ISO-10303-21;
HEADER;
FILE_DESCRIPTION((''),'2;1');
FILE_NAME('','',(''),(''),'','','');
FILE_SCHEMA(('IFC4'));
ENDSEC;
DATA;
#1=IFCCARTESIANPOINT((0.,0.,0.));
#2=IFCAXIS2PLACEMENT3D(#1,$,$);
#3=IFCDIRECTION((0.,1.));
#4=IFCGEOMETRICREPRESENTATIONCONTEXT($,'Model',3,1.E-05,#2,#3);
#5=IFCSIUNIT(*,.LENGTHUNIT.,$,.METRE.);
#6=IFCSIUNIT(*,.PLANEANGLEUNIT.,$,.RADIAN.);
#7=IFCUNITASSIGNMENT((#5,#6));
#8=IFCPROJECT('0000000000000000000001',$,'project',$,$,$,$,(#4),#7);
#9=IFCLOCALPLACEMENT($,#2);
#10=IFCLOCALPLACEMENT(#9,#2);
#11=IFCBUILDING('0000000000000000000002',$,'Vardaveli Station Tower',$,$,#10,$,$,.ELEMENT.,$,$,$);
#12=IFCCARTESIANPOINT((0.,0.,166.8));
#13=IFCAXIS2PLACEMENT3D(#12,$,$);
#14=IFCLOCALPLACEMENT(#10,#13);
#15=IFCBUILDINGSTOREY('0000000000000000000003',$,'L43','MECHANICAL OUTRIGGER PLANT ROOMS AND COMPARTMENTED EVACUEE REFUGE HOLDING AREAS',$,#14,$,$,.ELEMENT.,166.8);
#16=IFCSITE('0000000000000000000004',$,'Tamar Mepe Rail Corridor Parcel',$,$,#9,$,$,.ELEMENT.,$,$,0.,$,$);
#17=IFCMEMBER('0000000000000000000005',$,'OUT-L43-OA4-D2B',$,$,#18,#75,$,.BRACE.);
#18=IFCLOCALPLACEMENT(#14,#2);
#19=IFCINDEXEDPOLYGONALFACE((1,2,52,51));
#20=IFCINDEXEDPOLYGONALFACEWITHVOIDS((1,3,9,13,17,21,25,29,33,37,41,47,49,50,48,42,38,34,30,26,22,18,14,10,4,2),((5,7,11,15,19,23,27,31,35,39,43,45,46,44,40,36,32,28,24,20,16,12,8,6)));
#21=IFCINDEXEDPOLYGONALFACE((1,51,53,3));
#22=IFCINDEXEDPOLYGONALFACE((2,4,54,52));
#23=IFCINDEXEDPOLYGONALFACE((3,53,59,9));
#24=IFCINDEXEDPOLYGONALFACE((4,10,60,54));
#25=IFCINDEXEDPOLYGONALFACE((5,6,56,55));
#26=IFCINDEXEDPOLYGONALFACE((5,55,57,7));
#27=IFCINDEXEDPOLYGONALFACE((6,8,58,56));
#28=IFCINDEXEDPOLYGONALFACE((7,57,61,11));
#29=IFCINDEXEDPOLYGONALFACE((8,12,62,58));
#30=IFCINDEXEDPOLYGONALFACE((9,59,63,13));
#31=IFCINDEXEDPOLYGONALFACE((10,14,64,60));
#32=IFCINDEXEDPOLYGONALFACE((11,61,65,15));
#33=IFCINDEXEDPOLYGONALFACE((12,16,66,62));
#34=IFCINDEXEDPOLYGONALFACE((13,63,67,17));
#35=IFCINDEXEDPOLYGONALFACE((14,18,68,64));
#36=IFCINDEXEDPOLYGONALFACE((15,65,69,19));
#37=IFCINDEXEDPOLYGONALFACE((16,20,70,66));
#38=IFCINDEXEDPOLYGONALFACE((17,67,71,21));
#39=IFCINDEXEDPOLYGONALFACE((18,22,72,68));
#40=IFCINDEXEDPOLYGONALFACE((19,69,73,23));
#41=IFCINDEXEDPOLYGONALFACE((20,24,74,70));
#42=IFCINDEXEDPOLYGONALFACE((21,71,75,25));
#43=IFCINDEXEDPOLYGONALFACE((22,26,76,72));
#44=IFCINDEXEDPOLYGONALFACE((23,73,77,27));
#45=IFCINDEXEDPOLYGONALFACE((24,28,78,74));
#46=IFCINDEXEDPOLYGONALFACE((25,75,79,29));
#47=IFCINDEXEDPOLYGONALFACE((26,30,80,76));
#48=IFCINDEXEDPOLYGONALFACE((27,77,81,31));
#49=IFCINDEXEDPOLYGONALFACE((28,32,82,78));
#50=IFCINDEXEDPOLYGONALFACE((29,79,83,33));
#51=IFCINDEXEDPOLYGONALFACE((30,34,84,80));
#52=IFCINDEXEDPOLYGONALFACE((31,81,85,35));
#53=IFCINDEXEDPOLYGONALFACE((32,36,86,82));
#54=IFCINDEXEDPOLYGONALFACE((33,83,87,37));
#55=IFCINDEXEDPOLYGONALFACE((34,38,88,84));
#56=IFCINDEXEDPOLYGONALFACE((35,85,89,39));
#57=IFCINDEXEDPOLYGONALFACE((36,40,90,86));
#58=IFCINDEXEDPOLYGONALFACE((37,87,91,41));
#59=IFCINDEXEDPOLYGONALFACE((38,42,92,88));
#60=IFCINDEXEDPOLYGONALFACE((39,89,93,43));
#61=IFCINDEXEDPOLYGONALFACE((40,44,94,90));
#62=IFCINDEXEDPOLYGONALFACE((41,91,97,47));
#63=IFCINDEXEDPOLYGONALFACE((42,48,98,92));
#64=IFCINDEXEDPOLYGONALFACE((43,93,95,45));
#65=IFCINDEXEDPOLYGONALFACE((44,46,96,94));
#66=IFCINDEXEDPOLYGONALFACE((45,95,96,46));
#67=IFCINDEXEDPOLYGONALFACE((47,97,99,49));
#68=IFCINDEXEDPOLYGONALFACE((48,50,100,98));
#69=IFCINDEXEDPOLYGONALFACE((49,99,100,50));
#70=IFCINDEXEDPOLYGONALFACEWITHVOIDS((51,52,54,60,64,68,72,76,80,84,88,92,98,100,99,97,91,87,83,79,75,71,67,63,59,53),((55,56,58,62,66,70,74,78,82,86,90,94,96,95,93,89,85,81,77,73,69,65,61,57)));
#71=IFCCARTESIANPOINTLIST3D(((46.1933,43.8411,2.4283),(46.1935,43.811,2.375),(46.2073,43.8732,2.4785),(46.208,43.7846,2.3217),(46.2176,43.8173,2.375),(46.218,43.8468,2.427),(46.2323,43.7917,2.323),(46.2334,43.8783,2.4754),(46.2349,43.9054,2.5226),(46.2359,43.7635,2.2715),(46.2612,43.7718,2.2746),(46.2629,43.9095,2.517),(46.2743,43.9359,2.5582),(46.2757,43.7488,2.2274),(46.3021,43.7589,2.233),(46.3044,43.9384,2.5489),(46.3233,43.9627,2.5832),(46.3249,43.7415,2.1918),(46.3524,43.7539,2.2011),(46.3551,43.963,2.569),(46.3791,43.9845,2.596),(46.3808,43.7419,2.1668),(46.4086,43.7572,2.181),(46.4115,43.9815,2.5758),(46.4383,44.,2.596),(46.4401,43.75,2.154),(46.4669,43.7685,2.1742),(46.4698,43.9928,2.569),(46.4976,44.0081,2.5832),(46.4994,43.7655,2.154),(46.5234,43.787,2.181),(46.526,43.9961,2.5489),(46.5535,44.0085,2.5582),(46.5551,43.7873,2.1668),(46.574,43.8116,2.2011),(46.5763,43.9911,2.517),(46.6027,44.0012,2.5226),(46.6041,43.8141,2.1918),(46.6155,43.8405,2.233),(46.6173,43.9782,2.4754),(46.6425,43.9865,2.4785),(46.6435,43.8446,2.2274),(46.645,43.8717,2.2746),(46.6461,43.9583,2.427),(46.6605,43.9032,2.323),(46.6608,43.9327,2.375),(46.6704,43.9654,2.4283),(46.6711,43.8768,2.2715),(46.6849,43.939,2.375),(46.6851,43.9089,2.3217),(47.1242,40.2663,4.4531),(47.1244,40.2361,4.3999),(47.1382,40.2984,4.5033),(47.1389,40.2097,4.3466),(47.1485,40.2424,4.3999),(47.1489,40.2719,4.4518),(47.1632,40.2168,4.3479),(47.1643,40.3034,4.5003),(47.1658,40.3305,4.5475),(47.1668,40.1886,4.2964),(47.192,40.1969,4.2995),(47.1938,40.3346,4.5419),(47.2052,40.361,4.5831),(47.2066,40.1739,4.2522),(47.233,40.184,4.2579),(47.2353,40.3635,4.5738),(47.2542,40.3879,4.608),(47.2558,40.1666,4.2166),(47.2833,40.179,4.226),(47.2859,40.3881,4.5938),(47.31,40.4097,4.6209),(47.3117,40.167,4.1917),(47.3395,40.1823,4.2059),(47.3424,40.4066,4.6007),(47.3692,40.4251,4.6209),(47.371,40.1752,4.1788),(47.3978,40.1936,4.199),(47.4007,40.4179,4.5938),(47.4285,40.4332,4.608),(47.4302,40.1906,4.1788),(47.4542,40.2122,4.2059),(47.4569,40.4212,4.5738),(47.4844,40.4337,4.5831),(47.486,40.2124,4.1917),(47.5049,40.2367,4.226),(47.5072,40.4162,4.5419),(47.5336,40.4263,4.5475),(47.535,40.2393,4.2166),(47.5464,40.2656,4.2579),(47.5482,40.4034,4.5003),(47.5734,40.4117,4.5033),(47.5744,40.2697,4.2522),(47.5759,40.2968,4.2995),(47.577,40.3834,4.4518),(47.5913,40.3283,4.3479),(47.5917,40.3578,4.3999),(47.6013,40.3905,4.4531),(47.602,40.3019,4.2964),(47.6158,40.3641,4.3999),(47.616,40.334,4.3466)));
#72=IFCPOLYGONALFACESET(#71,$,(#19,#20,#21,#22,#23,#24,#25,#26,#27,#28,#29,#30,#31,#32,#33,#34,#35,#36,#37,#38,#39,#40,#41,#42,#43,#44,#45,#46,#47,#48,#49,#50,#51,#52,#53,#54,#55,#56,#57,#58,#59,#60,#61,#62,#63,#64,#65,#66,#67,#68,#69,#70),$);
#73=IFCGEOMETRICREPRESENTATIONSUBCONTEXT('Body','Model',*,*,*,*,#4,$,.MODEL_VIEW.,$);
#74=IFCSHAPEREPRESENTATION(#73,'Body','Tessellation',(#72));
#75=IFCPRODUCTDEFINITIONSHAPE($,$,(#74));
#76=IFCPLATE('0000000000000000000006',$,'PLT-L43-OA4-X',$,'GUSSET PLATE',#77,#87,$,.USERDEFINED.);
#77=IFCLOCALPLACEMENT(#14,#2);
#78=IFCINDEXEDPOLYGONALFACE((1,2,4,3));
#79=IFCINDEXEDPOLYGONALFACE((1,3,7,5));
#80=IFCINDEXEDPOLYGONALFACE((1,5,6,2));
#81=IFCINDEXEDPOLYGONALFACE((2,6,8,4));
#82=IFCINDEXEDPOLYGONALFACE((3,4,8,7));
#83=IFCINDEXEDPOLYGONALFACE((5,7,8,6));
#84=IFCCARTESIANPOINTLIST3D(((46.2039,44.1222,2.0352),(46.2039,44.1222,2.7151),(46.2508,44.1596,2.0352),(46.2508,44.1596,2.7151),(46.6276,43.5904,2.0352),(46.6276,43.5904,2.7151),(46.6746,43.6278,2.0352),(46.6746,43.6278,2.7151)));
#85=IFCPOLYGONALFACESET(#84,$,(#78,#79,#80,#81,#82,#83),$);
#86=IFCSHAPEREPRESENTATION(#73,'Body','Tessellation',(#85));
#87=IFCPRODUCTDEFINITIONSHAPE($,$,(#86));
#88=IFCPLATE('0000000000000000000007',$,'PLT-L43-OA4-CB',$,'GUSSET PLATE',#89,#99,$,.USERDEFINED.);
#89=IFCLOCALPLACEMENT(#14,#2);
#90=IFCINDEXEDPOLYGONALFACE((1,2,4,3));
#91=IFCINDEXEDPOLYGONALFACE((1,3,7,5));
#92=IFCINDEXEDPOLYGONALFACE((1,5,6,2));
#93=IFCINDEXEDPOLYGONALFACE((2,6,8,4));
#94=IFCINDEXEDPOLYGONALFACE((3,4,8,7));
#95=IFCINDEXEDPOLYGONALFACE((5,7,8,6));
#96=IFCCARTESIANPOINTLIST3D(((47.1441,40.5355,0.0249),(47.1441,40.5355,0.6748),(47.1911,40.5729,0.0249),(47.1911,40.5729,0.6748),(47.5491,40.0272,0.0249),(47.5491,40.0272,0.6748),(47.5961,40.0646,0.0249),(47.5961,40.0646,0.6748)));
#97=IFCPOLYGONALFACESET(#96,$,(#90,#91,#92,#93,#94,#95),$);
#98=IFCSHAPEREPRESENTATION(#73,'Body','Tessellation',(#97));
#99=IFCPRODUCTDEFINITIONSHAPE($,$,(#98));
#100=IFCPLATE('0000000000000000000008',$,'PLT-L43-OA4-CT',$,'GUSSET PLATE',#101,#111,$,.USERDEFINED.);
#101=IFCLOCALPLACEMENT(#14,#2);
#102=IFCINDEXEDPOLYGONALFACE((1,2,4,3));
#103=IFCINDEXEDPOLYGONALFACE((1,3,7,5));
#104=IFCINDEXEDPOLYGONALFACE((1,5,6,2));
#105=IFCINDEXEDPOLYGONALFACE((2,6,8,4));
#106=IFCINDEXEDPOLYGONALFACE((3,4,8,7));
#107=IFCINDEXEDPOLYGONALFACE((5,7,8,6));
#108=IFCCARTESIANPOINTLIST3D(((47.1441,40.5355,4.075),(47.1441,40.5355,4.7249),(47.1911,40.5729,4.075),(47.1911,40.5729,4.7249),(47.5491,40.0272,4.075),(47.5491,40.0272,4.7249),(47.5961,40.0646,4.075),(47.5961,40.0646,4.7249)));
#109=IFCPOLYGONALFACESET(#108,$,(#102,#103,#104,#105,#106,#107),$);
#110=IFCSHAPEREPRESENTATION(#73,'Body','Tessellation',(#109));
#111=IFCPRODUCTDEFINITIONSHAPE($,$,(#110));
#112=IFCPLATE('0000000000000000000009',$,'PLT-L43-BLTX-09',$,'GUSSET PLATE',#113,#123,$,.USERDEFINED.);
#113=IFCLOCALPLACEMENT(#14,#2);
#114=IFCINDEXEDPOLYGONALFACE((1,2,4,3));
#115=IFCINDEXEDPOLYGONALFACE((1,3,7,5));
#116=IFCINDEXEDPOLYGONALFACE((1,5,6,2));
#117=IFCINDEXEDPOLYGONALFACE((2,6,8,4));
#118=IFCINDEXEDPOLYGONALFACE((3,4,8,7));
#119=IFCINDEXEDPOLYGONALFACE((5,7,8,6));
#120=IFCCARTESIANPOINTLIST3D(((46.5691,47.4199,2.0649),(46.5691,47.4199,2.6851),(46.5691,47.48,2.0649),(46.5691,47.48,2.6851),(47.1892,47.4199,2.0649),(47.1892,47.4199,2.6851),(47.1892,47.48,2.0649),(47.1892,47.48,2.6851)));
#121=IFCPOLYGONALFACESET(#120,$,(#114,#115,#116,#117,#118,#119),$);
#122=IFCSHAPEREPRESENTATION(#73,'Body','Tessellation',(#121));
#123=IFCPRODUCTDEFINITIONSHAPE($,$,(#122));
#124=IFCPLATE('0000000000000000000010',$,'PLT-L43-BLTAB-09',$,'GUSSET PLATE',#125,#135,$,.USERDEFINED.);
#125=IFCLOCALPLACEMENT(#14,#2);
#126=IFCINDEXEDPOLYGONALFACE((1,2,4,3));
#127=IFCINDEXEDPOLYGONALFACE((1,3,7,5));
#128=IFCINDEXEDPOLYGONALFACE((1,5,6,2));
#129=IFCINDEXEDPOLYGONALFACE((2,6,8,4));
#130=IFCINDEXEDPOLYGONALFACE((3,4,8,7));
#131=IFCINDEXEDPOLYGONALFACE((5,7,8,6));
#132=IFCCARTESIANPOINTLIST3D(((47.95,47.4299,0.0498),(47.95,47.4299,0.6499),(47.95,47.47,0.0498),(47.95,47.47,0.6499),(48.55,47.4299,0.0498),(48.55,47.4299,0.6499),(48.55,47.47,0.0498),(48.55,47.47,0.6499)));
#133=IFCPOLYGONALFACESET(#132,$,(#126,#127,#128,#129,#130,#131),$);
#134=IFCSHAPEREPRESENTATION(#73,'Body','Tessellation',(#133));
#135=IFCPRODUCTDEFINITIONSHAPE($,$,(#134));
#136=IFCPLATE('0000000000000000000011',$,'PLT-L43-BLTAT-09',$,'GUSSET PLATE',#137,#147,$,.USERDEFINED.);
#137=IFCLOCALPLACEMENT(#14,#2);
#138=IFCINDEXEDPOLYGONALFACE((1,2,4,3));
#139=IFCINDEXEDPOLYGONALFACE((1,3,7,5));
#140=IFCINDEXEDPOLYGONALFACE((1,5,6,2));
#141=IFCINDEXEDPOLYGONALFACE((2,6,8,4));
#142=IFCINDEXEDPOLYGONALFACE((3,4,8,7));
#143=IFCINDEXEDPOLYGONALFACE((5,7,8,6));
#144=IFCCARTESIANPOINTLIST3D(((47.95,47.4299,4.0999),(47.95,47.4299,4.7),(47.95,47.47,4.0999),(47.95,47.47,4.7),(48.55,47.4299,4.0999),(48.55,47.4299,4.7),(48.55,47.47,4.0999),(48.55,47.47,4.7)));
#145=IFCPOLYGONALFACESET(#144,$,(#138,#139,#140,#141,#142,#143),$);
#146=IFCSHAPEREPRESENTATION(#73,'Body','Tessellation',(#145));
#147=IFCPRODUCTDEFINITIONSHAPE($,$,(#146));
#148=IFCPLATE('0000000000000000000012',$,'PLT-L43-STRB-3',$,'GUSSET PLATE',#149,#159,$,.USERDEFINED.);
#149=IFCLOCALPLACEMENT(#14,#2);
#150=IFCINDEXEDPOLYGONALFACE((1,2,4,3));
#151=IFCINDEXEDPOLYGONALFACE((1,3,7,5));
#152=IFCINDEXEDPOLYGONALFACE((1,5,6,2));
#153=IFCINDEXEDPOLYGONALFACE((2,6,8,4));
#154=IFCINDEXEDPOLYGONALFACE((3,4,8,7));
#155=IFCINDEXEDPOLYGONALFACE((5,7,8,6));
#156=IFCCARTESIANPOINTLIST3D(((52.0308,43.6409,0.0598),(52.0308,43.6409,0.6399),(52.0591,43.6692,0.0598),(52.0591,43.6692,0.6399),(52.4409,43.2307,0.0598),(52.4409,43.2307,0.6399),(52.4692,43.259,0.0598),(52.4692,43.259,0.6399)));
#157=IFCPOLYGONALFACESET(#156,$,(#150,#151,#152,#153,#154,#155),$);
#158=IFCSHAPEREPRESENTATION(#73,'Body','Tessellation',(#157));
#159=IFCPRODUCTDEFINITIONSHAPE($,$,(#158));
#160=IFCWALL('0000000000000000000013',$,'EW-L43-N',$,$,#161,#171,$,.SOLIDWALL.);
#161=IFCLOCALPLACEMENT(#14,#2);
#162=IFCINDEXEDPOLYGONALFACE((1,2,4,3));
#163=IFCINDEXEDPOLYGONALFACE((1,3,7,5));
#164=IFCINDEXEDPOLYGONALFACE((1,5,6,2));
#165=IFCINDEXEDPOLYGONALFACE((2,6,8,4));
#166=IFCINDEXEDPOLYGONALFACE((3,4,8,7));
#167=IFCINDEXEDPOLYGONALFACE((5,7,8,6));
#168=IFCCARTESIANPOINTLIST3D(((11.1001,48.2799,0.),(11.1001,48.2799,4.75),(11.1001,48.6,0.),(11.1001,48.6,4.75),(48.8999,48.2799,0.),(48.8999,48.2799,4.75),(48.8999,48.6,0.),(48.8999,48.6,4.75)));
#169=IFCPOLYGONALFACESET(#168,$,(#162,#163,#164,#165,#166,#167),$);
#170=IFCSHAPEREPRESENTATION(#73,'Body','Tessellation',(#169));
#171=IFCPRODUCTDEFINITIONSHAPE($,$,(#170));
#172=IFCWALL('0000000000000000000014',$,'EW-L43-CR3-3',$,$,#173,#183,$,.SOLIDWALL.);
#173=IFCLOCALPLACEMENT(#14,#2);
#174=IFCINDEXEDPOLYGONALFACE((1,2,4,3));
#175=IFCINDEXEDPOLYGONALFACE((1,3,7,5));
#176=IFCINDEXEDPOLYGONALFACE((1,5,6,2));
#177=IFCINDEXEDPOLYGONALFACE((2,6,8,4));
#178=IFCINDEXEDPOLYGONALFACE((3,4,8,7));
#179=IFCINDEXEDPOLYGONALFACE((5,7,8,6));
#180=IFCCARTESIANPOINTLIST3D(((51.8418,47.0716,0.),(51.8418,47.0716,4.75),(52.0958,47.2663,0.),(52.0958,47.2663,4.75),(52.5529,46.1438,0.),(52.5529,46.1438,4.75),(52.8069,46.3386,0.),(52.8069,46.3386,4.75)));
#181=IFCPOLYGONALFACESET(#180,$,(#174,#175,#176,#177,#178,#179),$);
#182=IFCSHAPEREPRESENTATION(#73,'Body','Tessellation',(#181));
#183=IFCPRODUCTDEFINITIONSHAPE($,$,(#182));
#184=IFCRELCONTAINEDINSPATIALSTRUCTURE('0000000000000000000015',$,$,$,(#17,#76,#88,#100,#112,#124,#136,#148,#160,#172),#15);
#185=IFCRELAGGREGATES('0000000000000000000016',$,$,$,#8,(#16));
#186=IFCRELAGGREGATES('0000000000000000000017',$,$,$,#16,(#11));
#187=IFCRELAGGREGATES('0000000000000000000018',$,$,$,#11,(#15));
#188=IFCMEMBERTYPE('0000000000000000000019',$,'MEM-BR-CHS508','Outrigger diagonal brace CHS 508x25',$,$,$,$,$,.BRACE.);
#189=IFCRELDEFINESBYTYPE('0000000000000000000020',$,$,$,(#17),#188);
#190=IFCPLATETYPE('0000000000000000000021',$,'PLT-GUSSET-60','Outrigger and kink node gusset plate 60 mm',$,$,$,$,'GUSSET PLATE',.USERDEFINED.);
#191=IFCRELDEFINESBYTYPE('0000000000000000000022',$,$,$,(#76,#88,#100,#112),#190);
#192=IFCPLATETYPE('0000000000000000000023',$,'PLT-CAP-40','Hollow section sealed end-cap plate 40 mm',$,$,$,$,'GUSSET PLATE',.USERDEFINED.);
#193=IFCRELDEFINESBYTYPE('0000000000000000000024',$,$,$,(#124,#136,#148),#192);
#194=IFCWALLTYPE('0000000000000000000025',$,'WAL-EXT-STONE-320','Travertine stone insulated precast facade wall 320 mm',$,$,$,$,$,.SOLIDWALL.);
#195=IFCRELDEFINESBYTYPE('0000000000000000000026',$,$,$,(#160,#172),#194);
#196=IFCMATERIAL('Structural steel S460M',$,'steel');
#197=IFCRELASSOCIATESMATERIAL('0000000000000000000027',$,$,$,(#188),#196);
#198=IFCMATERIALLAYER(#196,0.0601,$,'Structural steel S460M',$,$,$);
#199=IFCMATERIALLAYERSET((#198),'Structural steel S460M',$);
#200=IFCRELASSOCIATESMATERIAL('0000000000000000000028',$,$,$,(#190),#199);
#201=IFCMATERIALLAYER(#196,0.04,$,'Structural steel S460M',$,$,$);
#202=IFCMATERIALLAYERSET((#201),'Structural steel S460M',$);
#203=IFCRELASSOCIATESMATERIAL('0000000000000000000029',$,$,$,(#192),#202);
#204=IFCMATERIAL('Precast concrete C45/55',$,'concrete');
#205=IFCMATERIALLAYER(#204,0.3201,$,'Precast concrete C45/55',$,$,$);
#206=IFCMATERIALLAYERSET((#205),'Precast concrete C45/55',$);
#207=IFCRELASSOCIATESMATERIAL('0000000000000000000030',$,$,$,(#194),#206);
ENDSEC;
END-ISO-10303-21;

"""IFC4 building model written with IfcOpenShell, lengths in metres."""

from ifc_helpers import new_model, si_unit, direction, frame, frame_2d, origin, origin_2d, place, context, subcontext, project, spatial, rectangle, hollow_circle, extrude, source, transform, mapped, material, layer, layer_set, material_profile, profile_set, type_object, element, save


model = new_model("IFC4")

# Units and contexts
model_context = context("Model", 3, precision=1e-05, world=origin(), true_north=direction((0.0, 1.0)))
body_context = subcontext(model_context, "Body", "Model", "MODEL_VIEW")
ifc_project = project(units=[si_unit("LENGTHUNIT", "METRE"), si_unit("PLANEANGLEUNIT", "RADIAN")], contexts=[model_context])

# Site, building, storey
site_placement = place(None, origin())
site = spatial("IfcSite", under=ifc_project, at=site_placement, Name="Tamar Mepe Rail Corridor Parcel", CompositionType="ELEMENT", RefElevation=0.0)
building_placement = place(site_placement, origin())
building = spatial("IfcBuilding", under=site, at=building_placement, Name="Vardaveli Station Tower", CompositionType="ELEMENT")
storey_placement = place(building_placement, frame((0.0, 0.0, 166.8)))
storey = spatial("IfcBuildingStorey", under=building, at=storey_placement, Name="L43", Description="MECHANICAL OUTRIGGER PLANT ROOMS AND COMPARTMENTED EVACUEE REFUGE HOLDING AREAS", CompositionType="ELEMENT", Elevation=166.8)

# Shared definitions
ifc_material_1 = material(Name="Structural steel S460M", Category="steel")

# Member
ifc_material_profile_1 = material_profile(ifc_material_1, hollow_circle(Radius=0.2539, WallThickness=0.0249, at=origin_2d()), Name="CHS 508x25")
ifc_profile_set_1 = profile_set([ifc_material_profile_1], Name="Structural steel S460M")
member_type_1 = type_object("IfcMemberType", Name="MEM-BR-CHS508", Description="Outrigger diagonal brace CHS 508x25", PredefinedType="BRACE", material=ifc_profile_set_1)
shared_shape_1 = source(origin(), body_context, "Body", "SweptSolid", [
    extrude(hollow_circle(Radius=0.2539, WallThickness=0.0249, at=origin_2d()), origin(), (0.0, 0.0, 1.0), 4.2126),
])
member_1_placement = place(storey_placement, frame((46.4392, 43.875, 2.375), z_axis=(0.220975, -0.848607, 0.480663), x_axis=(0.967729, 0.251994, 0.0)))
element("IfcMember", 1, at=member_1_placement, inside=storey, type_object=member_type_1, Name="OUT-L43-OA4-D2B", PredefinedType="BRACE", context=body_context, shape_type="MappedRepresentation", body=[
    mapped(shared_shape_1, transform((0.0, 0.0, 0.0), scale=1.0)),
])

# Plates
ifc_layer_1 = layer(ifc_material_1, 0.0601, Name="Structural steel S460M")
ifc_layer_set_1 = layer_set([ifc_layer_1], Name="Structural steel S460M")
plate_type_1 = type_object("IfcPlateType", Name="PLT-GUSSET-60", Description="Outrigger and kink node gusset plate 60 mm", ElementType="GUSSET PLATE", PredefinedType="USERDEFINED", material=ifc_layer_set_1)
shared_shape_2 = source(origin(), body_context, "Body", "SweptSolid", [
    extrude(rectangle(XDim=0.6799, YDim=0.0601, at=origin_2d()), origin(), (0.0, 0.0, 1.0), 0.6799),
])
plate_1_placement = place(storey_placement, frame((46.4392, 43.875, 2.0352), z_axis=(0.0, 0.0, 1.0), x_axis=(-0.623197, 0.782065, 0.0)))
element("IfcPlate", 2, at=plate_1_placement, inside=storey, type_object=plate_type_1, Name="PLT-L43-OA4-X", ObjectType="GUSSET PLATE", PredefinedType="USERDEFINED", context=body_context, shape_type="MappedRepresentation", body=[
    mapped(shared_shape_2, transform((0.0, 0.0, 0.0), scale=1.0)),
])
shared_shape_3 = source(origin(), body_context, "Body", "SweptSolid", [
    extrude(rectangle(XDim=0.6499, YDim=0.0601, at=origin_2d()), origin(), (0.0, 0.0, 1.0), 0.6499),
])
for number, where, z_axis, x_axis, name in (
    (3, (47.3701, 40.3, 0.0249), (0.0, 0.0, 1.0), (-0.623197, 0.782065, 0.0), "PLT-L43-OA4-CB"),
    (4, (47.3701, 40.3, 4.075), (0.0, 0.0, 1.0), (-0.623197, 0.782065, 0.0), "PLT-L43-OA4-CT"),
):
    element("IfcPlate", number, at=place(storey_placement, frame(where, z_axis=z_axis, x_axis=x_axis)), inside=storey, type_object=plate_type_1, Name=name, ObjectType="GUSSET PLATE", PredefinedType="USERDEFINED", context=body_context, shape_type="MappedRepresentation", body=[
        mapped(shared_shape_3, transform((0.0, 0.0, 0.0), scale=1.0)),
    ])
shared_shape_4 = source(origin(), body_context, "Body", "SweptSolid", [
    extrude(rectangle(XDim=0.6201, YDim=0.0601, at=origin_2d()), origin(), (0.0, 0.0, 1.0), 0.6201),
])
plate_2_placement = place(storey_placement, frame((46.8792, 47.45, 2.0649), z_axis=(0.0, 0.0, 1.0), x_axis=(-1.0, 0.0, 0.0)))
element("IfcPlate", 5, at=plate_2_placement, inside=storey, type_object=plate_type_1, Name="PLT-L43-BLTX-09", ObjectType="GUSSET PLATE", PredefinedType="USERDEFINED", context=body_context, shape_type="MappedRepresentation", body=[
    mapped(shared_shape_4, transform((0.0, 0.0, 0.0), scale=1.0)),
])
ifc_layer_2 = layer(ifc_material_1, 0.04, Name="Structural steel S460M")
ifc_layer_set_2 = layer_set([ifc_layer_2], Name="Structural steel S460M")
plate_type_2 = type_object("IfcPlateType", Name="PLT-CAP-40", Description="Hollow section sealed end-cap plate 40 mm", ElementType="GUSSET PLATE", PredefinedType="USERDEFINED", material=ifc_layer_set_2)
shared_shape_5 = source(origin(), body_context, "Body", "SweptSolid", [
    extrude(rectangle(XDim=0.6001, YDim=0.04, at=origin_2d()), origin(), (0.0, 0.0, 1.0), 0.6001),
])
for number, where, z_axis, x_axis, name in (
    (6, (48.25, 47.45, 0.0498), (0.0, 0.0, 1.0), (-1.0, 0.0, 0.0), "PLT-L43-BLTAB-09"),
    (7, (48.25, 47.45, 4.0999), (0.0, 0.0, 1.0), (-1.0, 0.0, 0.0), "PLT-L43-BLTAT-09"),
):
    element("IfcPlate", number, at=place(storey_placement, frame(where, z_axis=z_axis, x_axis=x_axis)), inside=storey, type_object=plate_type_2, Name=name, ObjectType="GUSSET PLATE", PredefinedType="USERDEFINED", context=body_context, shape_type="MappedRepresentation", body=[
        mapped(shared_shape_5, transform((0.0, 0.0, 0.0), scale=1.0)),
    ])
shared_shape_6 = source(origin(), body_context, "Body", "SweptSolid", [
    extrude(rectangle(XDim=0.5801, YDim=0.04, at=origin_2d()), origin(), (0.0, 0.0, 1.0), 0.5801),
])
plate_3_placement = place(storey_placement, frame((52.25, 43.45, 0.0598), z_axis=(0.0, 0.0, 1.0), x_axis=(-0.707107, 0.707107, 0.0)))
element("IfcPlate", 8, at=plate_3_placement, inside=storey, type_object=plate_type_2, Name="PLT-L43-STRB-3", ObjectType="GUSSET PLATE", PredefinedType="USERDEFINED", context=body_context, shape_type="MappedRepresentation", body=[
    mapped(shared_shape_6, transform((0.0, 0.0, 0.0), scale=1.0)),
])

# Walls
ifc_material_2 = material(Name="Precast concrete C45/55", Category="concrete")
ifc_layer_3 = layer(ifc_material_2, 0.3201, Name="Precast concrete C45/55")
ifc_layer_set_3 = layer_set([ifc_layer_3], Name="Precast concrete C45/55")
wall_type = type_object("IfcWallType", Name="WAL-EXT-STONE-320", Description="Travertine stone insulated precast facade wall 320 mm", PredefinedType="SOLIDWALL", material=ifc_layer_set_3)
shared_shape_7 = source(origin(), body_context, "Body", "SweptSolid", [
    extrude(rectangle(XDim=37.7998, YDim=0.3201, at=frame_2d((18.8999, 0.0))), origin(), (0.0, 0.0, 1.0), 4.75),
])
wall_1_placement = place(storey_placement, frame((48.8999, 48.4399, 0.0), z_axis=(0.0, 0.0, 1.0), x_axis=(-1.0, 0.0, 0.0)))
element("IfcWall", 9, at=wall_1_placement, inside=storey, type_object=wall_type, Name="EW-L43-N", PredefinedType="SOLIDWALL", context=body_context, shape_type="MappedRepresentation", body=[
    mapped(shared_shape_7, transform((0.0, 0.0, 0.0), scale=1.0)),
])
shared_shape_8 = source(origin(), body_context, "Body", "SweptSolid", [
    extrude(rectangle(XDim=1.1689, YDim=0.3201, at=frame_2d((0.5845, 0.0))), origin(), (0.0, 0.0, 1.0), 4.75),
])
wall_2_placement = place(storey_placement, frame((52.6799, 46.2412, 0.0), z_axis=(0.0, 0.0, 1.0), x_axis=(-0.608388, 0.79364, 0.0)))
element("IfcWall", 10, at=wall_2_placement, inside=storey, type_object=wall_type, Name="EW-L43-CR3-3", PredefinedType="SOLIDWALL", context=body_context, shape_type="MappedRepresentation", body=[
    mapped(shared_shape_8, transform((0.0, 0.0, 0.0), scale=1.0)),
])

save(model, "model.ifc")
